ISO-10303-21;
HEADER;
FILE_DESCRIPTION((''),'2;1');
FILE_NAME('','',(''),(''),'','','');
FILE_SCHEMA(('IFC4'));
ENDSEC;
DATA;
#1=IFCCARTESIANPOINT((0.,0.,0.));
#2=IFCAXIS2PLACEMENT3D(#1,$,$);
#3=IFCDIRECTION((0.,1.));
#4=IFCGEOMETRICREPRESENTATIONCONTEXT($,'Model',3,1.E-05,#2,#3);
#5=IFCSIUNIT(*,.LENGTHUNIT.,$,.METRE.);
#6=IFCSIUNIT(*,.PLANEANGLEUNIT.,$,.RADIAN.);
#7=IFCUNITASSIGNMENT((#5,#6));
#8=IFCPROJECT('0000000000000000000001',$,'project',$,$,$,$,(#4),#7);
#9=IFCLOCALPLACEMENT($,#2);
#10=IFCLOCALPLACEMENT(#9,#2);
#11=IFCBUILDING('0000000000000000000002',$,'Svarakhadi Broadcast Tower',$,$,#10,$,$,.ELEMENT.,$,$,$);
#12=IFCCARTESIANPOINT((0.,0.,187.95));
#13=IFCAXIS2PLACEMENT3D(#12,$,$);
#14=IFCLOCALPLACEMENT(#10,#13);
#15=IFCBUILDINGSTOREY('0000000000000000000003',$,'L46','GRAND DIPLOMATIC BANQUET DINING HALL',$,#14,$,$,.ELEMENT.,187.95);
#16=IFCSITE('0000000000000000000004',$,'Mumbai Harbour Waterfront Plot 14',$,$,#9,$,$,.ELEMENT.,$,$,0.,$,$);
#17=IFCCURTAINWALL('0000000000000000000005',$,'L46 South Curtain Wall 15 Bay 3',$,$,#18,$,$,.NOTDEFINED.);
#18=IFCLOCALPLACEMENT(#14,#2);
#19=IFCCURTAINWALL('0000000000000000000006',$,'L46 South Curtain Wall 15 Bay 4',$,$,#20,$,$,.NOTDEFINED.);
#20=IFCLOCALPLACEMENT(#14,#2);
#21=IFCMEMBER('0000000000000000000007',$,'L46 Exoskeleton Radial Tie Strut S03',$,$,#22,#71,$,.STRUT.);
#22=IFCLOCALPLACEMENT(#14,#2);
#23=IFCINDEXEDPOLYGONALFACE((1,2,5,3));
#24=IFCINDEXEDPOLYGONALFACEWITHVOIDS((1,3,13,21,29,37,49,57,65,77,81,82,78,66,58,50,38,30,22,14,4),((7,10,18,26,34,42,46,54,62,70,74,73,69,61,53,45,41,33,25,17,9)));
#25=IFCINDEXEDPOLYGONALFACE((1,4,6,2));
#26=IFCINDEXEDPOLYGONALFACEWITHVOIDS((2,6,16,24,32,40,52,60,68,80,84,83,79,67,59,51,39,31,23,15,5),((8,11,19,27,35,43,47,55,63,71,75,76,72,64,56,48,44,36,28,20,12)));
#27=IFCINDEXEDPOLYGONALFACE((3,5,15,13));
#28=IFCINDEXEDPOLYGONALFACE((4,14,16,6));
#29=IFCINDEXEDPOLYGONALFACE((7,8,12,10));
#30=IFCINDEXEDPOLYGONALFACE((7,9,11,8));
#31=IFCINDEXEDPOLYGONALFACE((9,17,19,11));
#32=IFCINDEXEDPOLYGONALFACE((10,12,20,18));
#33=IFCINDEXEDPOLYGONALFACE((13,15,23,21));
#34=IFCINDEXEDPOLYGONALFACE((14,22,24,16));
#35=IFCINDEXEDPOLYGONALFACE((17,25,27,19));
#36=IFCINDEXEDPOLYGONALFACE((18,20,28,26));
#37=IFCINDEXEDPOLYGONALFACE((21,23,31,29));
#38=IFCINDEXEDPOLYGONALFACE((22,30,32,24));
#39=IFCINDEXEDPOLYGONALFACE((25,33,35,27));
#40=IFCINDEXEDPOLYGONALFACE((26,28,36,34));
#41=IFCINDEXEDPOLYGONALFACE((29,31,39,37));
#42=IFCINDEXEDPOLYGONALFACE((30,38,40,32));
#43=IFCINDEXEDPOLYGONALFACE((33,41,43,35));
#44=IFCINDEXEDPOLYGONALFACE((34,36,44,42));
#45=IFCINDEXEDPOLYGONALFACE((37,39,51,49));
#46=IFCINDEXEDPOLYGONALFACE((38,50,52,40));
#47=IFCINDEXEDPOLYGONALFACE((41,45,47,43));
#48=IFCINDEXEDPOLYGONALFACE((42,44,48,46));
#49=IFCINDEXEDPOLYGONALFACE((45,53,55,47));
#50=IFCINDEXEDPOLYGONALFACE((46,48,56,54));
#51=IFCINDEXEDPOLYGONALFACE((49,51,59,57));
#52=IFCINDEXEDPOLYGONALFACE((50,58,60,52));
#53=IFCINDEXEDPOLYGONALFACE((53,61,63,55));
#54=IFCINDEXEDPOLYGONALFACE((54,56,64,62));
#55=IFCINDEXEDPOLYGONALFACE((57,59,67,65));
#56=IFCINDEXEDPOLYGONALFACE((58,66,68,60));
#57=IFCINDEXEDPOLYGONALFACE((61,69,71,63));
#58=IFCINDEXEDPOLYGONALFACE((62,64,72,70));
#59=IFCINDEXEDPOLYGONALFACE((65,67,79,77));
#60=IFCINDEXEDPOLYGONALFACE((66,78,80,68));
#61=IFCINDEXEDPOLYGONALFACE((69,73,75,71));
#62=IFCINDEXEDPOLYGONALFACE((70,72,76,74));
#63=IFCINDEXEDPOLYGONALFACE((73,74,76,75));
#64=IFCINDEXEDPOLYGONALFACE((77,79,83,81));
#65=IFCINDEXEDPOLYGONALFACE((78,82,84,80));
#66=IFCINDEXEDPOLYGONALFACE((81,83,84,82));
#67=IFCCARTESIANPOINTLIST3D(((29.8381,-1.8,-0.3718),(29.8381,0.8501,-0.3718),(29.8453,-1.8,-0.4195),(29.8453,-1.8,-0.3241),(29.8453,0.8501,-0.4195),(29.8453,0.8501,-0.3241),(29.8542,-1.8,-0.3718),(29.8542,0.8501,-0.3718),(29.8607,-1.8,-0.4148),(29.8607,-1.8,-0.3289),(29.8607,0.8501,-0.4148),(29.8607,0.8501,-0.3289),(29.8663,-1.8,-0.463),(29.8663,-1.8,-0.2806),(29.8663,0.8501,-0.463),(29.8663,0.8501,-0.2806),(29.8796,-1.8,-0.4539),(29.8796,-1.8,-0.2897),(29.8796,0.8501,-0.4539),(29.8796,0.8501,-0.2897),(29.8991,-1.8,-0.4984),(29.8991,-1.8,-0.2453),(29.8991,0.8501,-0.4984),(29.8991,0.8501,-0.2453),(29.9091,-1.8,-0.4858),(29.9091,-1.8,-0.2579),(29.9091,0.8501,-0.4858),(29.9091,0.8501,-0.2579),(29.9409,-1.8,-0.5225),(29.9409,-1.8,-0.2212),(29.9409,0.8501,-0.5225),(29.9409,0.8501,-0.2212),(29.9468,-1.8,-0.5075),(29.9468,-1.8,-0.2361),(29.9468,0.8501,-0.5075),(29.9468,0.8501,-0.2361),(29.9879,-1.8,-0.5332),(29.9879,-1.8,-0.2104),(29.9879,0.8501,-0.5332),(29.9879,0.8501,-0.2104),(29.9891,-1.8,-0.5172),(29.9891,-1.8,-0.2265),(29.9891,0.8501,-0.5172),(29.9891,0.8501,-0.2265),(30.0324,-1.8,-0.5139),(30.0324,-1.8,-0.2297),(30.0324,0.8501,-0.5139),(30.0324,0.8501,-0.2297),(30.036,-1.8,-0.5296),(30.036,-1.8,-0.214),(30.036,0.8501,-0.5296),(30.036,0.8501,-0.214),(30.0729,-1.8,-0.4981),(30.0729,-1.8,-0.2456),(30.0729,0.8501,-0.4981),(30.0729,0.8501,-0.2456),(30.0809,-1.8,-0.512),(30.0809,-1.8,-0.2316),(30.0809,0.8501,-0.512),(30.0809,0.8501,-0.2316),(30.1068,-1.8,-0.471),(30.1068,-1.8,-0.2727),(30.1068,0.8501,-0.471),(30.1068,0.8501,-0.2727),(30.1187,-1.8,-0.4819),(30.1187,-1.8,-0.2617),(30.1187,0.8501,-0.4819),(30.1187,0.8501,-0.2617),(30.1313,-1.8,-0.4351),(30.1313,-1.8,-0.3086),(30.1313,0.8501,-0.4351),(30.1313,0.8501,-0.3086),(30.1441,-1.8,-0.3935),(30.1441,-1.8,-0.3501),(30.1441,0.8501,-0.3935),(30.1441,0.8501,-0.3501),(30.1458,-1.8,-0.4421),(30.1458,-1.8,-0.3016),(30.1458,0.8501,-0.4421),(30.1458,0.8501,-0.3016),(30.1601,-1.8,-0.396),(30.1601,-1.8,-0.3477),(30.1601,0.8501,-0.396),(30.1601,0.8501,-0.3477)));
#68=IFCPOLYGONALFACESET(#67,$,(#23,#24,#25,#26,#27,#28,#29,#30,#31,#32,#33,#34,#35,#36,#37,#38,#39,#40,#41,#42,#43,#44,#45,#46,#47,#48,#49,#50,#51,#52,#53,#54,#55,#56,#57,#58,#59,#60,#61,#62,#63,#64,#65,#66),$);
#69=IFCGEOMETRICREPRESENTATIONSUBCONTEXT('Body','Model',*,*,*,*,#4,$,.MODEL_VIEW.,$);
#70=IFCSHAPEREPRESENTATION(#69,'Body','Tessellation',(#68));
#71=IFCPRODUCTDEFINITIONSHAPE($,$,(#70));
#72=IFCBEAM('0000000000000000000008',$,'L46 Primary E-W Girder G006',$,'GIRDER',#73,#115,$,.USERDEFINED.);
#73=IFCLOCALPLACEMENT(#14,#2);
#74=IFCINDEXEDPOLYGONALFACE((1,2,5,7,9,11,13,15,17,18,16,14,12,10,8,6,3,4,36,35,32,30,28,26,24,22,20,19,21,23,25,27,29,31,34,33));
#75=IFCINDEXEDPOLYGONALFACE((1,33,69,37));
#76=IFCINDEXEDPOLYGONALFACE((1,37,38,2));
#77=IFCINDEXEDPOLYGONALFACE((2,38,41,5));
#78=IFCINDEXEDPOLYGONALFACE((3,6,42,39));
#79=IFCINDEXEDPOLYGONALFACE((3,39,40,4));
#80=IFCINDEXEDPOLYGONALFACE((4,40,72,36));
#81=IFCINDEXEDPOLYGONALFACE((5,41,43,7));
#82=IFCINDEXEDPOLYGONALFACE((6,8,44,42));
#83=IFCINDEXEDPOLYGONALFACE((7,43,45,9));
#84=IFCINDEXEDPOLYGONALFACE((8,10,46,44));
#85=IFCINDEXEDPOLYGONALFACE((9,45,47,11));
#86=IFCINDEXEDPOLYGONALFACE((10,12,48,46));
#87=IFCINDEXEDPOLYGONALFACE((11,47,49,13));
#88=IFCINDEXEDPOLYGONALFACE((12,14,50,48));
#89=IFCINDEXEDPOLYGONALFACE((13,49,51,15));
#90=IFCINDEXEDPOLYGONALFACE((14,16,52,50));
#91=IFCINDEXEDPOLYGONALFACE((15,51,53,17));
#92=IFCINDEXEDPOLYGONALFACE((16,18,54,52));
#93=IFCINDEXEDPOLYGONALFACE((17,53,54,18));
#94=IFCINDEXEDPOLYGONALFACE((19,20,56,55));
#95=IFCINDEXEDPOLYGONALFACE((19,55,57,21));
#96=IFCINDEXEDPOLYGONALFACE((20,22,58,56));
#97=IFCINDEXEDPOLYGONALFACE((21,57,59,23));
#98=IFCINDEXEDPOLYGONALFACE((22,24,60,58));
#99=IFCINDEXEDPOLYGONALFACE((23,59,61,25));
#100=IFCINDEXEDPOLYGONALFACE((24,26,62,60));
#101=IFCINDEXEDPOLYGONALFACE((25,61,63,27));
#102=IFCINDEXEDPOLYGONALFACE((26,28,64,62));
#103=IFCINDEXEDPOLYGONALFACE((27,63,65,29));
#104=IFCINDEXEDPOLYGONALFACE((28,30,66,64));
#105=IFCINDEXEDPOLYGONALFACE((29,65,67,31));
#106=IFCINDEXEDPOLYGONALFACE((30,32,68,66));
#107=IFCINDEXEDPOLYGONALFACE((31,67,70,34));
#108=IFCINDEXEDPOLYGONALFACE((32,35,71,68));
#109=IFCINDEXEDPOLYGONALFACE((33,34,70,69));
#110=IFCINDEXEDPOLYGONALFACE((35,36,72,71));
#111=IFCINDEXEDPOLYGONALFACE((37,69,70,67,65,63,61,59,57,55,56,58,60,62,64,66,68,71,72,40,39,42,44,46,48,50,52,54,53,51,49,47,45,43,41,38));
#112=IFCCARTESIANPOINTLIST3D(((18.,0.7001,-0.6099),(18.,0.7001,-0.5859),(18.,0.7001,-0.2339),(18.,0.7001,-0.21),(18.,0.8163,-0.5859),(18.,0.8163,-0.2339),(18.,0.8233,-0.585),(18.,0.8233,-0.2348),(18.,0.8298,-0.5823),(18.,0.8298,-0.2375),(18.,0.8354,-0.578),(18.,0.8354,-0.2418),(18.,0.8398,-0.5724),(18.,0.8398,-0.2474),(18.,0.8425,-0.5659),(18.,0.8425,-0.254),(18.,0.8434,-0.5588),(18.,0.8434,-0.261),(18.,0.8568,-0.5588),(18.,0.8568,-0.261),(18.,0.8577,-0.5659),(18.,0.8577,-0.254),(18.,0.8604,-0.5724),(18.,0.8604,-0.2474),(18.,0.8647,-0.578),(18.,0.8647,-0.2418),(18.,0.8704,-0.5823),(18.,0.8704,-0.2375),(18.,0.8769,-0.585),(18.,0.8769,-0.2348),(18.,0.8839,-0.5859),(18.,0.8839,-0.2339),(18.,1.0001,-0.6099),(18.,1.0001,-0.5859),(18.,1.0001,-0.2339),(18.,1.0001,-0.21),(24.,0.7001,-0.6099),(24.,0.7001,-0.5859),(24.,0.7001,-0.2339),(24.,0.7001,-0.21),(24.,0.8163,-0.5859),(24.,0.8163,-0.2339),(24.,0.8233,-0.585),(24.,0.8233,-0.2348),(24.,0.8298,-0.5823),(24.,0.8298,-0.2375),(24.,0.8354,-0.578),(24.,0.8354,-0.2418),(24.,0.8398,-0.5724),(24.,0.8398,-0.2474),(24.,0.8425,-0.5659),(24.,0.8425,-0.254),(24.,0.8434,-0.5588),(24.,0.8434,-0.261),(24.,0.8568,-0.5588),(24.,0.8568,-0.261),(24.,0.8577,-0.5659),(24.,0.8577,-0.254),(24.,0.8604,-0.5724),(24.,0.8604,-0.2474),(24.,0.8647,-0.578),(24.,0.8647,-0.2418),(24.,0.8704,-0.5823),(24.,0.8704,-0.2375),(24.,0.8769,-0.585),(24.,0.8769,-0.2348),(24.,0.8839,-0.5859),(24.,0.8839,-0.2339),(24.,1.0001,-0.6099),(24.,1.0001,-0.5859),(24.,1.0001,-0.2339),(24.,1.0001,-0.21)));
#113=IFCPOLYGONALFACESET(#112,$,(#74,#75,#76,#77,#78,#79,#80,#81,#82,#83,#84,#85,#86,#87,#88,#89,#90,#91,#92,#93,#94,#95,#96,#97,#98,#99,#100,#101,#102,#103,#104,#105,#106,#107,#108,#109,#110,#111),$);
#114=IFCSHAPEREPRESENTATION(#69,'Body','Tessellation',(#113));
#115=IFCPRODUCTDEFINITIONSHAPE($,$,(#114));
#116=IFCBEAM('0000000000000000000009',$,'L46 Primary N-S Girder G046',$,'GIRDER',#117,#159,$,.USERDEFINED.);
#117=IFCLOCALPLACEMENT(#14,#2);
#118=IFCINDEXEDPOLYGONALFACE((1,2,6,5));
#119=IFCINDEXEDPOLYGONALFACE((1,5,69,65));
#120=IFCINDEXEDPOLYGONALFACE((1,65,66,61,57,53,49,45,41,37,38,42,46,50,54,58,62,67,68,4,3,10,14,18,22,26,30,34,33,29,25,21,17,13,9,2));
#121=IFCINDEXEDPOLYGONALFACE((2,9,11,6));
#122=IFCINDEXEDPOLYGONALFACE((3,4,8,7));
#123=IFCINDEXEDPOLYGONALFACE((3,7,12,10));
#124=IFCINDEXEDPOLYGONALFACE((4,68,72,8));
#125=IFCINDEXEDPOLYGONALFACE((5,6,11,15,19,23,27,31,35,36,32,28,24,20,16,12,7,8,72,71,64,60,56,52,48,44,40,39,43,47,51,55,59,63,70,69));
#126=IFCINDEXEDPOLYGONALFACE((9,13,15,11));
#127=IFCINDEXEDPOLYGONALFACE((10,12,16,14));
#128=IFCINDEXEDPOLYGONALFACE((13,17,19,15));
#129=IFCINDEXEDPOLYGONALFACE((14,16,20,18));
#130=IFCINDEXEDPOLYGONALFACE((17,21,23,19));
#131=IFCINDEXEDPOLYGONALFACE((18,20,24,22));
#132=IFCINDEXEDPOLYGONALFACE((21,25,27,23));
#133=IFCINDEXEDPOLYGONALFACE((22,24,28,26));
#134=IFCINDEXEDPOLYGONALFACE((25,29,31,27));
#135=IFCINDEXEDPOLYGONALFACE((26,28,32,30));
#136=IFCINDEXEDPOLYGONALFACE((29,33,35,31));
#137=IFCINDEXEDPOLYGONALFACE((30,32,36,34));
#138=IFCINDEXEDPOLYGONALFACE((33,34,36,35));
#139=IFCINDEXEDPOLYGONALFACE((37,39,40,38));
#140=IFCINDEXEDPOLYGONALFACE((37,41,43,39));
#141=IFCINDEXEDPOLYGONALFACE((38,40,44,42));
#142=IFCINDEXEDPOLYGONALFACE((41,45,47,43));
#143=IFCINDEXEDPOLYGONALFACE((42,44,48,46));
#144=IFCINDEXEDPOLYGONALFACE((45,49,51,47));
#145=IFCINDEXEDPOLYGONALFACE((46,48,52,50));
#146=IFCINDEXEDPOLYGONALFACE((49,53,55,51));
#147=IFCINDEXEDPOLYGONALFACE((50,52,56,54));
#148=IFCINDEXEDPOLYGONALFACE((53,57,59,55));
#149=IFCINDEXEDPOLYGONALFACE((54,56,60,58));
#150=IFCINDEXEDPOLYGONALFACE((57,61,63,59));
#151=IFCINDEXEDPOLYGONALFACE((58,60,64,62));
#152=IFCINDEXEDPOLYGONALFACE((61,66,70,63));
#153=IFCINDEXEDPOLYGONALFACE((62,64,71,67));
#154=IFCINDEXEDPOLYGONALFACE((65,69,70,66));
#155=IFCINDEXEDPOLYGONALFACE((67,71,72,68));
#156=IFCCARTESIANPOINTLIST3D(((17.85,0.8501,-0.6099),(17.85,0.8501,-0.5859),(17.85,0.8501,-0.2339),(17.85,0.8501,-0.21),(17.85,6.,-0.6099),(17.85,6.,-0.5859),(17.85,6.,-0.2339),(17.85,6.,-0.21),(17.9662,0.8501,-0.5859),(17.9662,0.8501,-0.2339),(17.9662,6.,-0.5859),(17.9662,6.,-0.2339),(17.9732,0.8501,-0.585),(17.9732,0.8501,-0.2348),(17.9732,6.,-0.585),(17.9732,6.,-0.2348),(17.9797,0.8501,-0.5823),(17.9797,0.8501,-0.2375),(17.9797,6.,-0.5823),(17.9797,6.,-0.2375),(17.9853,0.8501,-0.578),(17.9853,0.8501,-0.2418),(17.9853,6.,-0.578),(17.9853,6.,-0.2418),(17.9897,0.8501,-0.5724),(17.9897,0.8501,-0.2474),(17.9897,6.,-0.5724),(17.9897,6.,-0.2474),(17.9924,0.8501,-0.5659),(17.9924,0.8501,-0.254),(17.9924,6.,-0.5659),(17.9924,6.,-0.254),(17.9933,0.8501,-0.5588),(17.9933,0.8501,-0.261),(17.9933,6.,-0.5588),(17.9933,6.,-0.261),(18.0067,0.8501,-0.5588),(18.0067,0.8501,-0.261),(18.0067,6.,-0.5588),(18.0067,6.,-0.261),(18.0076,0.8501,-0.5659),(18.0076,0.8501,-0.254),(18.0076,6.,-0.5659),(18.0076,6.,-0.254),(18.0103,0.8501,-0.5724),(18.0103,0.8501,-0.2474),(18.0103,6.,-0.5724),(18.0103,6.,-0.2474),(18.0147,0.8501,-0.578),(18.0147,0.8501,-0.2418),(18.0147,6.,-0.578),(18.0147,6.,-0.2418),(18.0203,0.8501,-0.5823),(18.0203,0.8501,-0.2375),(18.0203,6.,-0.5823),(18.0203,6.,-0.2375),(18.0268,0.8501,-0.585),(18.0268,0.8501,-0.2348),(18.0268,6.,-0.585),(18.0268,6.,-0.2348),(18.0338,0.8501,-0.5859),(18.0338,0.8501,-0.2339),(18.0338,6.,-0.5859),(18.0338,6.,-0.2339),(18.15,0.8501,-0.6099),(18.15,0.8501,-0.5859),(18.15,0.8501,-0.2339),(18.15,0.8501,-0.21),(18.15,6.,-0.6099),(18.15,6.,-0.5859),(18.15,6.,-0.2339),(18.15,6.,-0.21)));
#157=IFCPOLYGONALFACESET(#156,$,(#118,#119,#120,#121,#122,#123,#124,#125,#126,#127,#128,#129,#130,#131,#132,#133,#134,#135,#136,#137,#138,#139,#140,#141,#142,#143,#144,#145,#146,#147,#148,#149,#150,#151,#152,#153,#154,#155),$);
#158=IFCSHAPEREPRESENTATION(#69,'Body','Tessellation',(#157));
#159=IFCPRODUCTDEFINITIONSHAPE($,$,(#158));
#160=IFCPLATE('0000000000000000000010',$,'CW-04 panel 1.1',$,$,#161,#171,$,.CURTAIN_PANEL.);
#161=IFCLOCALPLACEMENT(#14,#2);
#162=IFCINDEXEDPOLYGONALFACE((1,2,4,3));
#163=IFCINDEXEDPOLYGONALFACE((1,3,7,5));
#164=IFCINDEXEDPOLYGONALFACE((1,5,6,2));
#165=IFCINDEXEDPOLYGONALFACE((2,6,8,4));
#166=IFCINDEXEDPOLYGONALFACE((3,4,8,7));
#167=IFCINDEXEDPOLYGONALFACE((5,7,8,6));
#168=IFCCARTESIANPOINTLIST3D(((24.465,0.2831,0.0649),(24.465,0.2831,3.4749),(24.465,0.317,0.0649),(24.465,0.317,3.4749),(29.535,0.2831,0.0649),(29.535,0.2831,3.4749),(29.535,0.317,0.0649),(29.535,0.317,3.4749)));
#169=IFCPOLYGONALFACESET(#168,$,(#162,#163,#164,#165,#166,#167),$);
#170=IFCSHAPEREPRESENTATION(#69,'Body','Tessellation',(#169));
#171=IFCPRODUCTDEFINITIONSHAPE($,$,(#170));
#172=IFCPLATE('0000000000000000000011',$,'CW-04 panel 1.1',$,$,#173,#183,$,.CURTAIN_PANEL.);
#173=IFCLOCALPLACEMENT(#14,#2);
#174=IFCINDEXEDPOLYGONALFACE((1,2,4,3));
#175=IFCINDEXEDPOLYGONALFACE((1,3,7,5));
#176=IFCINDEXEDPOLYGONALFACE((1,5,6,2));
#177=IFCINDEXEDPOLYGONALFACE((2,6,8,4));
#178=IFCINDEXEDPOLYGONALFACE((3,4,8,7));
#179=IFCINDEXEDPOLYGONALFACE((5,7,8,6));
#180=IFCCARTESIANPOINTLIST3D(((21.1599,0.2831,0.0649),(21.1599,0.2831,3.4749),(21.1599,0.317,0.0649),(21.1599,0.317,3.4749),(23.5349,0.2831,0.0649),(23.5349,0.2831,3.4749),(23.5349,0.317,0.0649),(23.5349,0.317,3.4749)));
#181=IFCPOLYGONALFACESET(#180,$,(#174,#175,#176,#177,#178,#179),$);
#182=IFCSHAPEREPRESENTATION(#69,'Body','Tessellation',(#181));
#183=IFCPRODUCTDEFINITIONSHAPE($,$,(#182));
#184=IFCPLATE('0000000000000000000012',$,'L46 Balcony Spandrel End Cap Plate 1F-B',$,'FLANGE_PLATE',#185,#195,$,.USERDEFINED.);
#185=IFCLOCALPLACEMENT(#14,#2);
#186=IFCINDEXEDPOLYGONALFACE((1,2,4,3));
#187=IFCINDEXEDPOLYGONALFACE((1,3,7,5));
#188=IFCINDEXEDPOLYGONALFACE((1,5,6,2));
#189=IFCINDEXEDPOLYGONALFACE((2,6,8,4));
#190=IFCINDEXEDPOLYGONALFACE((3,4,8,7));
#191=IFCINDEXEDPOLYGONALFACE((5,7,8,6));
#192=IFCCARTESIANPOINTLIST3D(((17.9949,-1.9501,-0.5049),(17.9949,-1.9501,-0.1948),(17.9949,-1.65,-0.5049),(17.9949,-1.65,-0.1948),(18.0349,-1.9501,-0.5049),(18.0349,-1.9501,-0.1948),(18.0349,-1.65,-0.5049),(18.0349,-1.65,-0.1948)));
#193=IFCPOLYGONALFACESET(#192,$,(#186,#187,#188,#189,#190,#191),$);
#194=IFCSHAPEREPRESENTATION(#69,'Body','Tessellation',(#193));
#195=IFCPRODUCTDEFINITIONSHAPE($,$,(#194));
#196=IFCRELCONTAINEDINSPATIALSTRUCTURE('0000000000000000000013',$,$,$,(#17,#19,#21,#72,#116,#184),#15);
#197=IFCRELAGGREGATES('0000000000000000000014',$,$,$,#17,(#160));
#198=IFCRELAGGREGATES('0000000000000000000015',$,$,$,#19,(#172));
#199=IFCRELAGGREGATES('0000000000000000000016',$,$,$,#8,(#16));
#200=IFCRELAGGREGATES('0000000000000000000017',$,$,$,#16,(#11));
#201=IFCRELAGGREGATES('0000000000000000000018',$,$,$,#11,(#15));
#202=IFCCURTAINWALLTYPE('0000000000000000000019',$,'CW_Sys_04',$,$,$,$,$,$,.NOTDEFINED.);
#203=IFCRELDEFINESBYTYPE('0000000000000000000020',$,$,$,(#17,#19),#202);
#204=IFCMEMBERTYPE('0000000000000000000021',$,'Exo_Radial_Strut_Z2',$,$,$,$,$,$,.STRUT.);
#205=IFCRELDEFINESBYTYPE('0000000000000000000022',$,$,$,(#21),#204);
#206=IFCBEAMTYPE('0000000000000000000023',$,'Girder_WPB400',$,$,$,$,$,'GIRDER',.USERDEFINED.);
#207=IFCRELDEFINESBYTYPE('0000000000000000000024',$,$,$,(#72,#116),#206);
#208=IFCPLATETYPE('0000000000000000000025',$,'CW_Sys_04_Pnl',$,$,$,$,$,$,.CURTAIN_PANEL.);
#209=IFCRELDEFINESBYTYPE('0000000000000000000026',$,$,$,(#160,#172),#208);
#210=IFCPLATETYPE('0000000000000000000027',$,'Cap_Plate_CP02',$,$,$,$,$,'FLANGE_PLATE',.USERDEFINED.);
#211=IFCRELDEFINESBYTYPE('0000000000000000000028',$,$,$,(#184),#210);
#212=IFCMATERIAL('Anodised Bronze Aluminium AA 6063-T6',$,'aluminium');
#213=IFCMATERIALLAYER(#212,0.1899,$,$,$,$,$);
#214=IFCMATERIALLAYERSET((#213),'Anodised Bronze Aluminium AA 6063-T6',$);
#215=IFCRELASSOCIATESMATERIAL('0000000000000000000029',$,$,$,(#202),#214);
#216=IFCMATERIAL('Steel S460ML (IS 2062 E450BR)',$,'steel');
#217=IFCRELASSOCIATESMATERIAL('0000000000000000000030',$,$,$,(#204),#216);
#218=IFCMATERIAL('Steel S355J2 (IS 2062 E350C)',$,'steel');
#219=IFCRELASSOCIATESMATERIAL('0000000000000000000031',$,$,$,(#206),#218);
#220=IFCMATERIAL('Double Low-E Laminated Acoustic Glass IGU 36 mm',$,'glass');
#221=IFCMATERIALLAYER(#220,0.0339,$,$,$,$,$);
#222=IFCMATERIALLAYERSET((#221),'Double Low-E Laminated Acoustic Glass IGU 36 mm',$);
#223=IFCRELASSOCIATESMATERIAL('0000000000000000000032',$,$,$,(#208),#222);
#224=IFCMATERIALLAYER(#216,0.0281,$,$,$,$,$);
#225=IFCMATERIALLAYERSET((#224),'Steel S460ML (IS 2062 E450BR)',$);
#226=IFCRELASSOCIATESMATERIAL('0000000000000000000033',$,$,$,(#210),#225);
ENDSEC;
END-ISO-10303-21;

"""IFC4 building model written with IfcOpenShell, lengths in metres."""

from ifc_helpers import new_model, si_unit, direction, frame, origin, origin_2d, place, context, subcontext, project, spatial, rectangle, hollow_circle, i_section, extrude, material, layer, layer_set, material_profile, profile_set, type_object, element, aggregate, save


model = new_model("IFC4")

# Units and contexts
model_context = context("Model", 3, precision=1e-05, world=origin(), true_north=direction((0.0, 1.0)))
body_context = subcontext(model_context, "Body", "Model", "MODEL_VIEW")
ifc_project = project(units=[si_unit("LENGTHUNIT", "METRE"), si_unit("PLANEANGLEUNIT", "RADIAN")], contexts=[model_context])

# Site, building, storey
site_placement = place(None, origin())
site = spatial("IfcSite", under=ifc_project, at=site_placement, Name="Mumbai Harbour Waterfront Plot 14", CompositionType="ELEMENT", RefElevation=0.0)
building_placement = place(site_placement, origin())
building = spatial("IfcBuilding", under=site, at=building_placement, Name="Svarakhadi Broadcast Tower", CompositionType="ELEMENT")
storey_placement = place(building_placement, frame((0.0, 0.0, 187.95)))
storey = spatial("IfcBuildingStorey", under=building, at=storey_placement, Name="L46", Description="GRAND DIPLOMATIC BANQUET DINING HALL", CompositionType="ELEMENT", Elevation=187.95)

# Shared definitions
ifc_material_1 = material(Name="Anodised Bronze Aluminium AA 6063-T6", Category="aluminium")
ifc_layer_1 = layer(ifc_material_1, 0.1899)
ifc_layer_set_1 = layer_set([ifc_layer_1], Name="Anodised Bronze Aluminium AA 6063-T6")
curtain_wall_type = type_object("IfcCurtainWallType", Name="CW_Sys_04", PredefinedType="NOTDEFINED", material=ifc_layer_set_1)

# Curtain walls
curtain_wall_1_placement = place(storey_placement, origin())
curtain_wall_1 = element("IfcCurtainWall", 1, at=curtain_wall_1_placement, inside=storey, type_object=curtain_wall_type, Name="L46 South Curtain Wall 15 Bay 3", PredefinedType="NOTDEFINED")
curtain_wall_2_placement = place(storey_placement, origin())
curtain_wall_2 = element("IfcCurtainWall", 2, at=curtain_wall_2_placement, inside=storey, type_object=curtain_wall_type, Name="L46 South Curtain Wall 15 Bay 4", PredefinedType="NOTDEFINED")

# Member
ifc_material_2 = material(Name="Steel S460ML (IS 2062 E450BR)", Category="steel")
ifc_material_profile_1 = material_profile(ifc_material_2, hollow_circle(Radius=0.1619, WallThickness=0.0161, at=origin_2d()), Name="CHS 323.9x16")
ifc_profile_set_1 = profile_set([ifc_material_profile_1], Name="Steel S460ML (IS 2062 E450BR)")
member_type_1 = type_object("IfcMemberType", Name="Exo_Radial_Strut_Z2", PredefinedType="STRUT", material=ifc_profile_set_1)
for number, where, z_axis, x_axis, name in (
    (3, (30.0, -1.8, -0.3718), (0.0, 1.0, 0.0), (-1.0, 0.0, 0.0), "L46 Exoskeleton Radial Tie Strut S03"),
):
    element("IfcMember", number, at=place(storey_placement, frame(where, z_axis=z_axis, x_axis=x_axis)), inside=storey, type_object=member_type_1, Name=name, PredefinedType="STRUT", context=body_context, shape_type="SweptSolid", body=[
        extrude(hollow_circle(Radius=0.1619, WallThickness=0.0161, at=origin_2d()), origin(), (0.0, 0.0, 1.0), 2.6501),
    ])

# Beams
ifc_material_3 = material(Name="Steel S355J2 (IS 2062 E350C)", Category="steel")
ifc_material_profile_2 = material_profile(ifc_material_3, i_section(OverallWidth=0.3, OverallDepth=0.3999, WebThickness=0.0134, FlangeThickness=0.0239, FilletRadius=0.0271, at=origin_2d()), Name="WPB 400x300x155")
ifc_profile_set_2 = profile_set([ifc_material_profile_2], Name="Steel S355J2 (IS 2062 E350C)")
beam_type = type_object("IfcBeamType", Name="Girder_WPB400", ElementType="GIRDER", PredefinedType="USERDEFINED", material=ifc_profile_set_2)
beam_1_placement = place(storey_placement, frame((18.0, 0.8501, -0.4099), z_axis=(1.0, 0.0, 0.0), x_axis=(0.0, 1.0, 0.0)))
element("IfcBeam", 4, at=beam_1_placement, inside=storey, type_object=beam_type, Name="L46 Primary E-W Girder G006", ObjectType="GIRDER", PredefinedType="USERDEFINED", context=body_context, shape_type="SweptSolid", body=[
    extrude(i_section(OverallWidth=0.3, OverallDepth=0.3999, WebThickness=0.0134, FlangeThickness=0.0239, FilletRadius=0.0271, at=origin_2d()), origin(), (0.0, 0.0, 1.0), 6.0),
])
beam_2_placement = place(storey_placement, frame((18.0, 0.8501, -0.4099), z_axis=(0.0, 1.0, 0.0), x_axis=(-1.0, 0.0, 0.0)))
element("IfcBeam", 5, at=beam_2_placement, inside=storey, type_object=beam_type, Name="L46 Primary N-S Girder G046", ObjectType="GIRDER", PredefinedType="USERDEFINED", context=body_context, shape_type="SweptSolid", body=[
    extrude(i_section(OverallWidth=0.3, OverallDepth=0.3999, WebThickness=0.0134, FlangeThickness=0.0239, FilletRadius=0.0271, at=origin_2d()), origin(), (0.0, 0.0, 1.0), 5.1499),
])

# Plates
ifc_material_4 = material(Name="Double Low-E Laminated Acoustic Glass IGU 36 mm", Category="glass")
ifc_layer_2 = layer(ifc_material_4, 0.0339)
ifc_layer_set_2 = layer_set([ifc_layer_2], Name="Double Low-E Laminated Acoustic Glass IGU 36 mm")
plate_type_1 = type_object("IfcPlateType", Name="CW_Sys_04_Pnl", PredefinedType="CURTAIN_PANEL", material=ifc_layer_set_2)
plate_1_placement = place(storey_placement, frame((27.0, 0.3, 0.0649), z_axis=(0.0, 0.0, 1.0), x_axis=(-1.0, 0.0, 0.0)))
plate_1 = element("IfcPlate", 6, at=plate_1_placement, type_object=plate_type_1, Name="CW-04 panel 1.1", PredefinedType="CURTAIN_PANEL", context=body_context, shape_type="SweptSolid", body=[
    extrude(rectangle(XDim=5.0701, YDim=0.0339, at=origin_2d()), origin(), (0.0, 0.0, 1.0), 3.4099),
])
aggregate(curtain_wall_1, [plate_1])
plate_2_placement = place(storey_placement, frame((22.3474, 0.3, 0.0649), z_axis=(0.0, 0.0, 1.0), x_axis=(-1.0, 0.0, 0.0)))
plate_2 = element("IfcPlate", 7, at=plate_2_placement, type_object=plate_type_1, Name="CW-04 panel 1.1", PredefinedType="CURTAIN_PANEL", context=body_context, shape_type="SweptSolid", body=[
    extrude(rectangle(XDim=2.375, YDim=0.0339, at=origin_2d()), origin(), (0.0, 0.0, 1.0), 3.4099),
])
aggregate(curtain_wall_2, [plate_2])

# Plate
ifc_layer_3 = layer(ifc_material_2, 0.0281)
ifc_layer_set_3 = layer_set([ifc_layer_3], Name="Steel S460ML (IS 2062 E450BR)")
plate_type_2 = type_object("IfcPlateType", Name="Cap_Plate_CP02", ElementType="FLANGE_PLATE", PredefinedType="USERDEFINED", material=ifc_layer_set_3)
plate_3_placement = place(storey_placement, frame((18.0149, -1.8, -0.5049), z_axis=(0.0, 0.0, 1.0), x_axis=(1.0, 0.0, 0.0)))
element("IfcPlate", 8, at=plate_3_placement, inside=storey, type_object=plate_type_2, Name="L46 Balcony Spandrel End Cap Plate 1F-B", ObjectType="FLANGE_PLATE", PredefinedType="USERDEFINED", context=body_context, shape_type="SweptSolid", body=[
    extrude(rectangle(XDim=0.04, YDim=0.3, at=origin_2d()), origin(), (0.0, 0.0, 1.0), 0.3101),
])

save(model, "model.ifc")
